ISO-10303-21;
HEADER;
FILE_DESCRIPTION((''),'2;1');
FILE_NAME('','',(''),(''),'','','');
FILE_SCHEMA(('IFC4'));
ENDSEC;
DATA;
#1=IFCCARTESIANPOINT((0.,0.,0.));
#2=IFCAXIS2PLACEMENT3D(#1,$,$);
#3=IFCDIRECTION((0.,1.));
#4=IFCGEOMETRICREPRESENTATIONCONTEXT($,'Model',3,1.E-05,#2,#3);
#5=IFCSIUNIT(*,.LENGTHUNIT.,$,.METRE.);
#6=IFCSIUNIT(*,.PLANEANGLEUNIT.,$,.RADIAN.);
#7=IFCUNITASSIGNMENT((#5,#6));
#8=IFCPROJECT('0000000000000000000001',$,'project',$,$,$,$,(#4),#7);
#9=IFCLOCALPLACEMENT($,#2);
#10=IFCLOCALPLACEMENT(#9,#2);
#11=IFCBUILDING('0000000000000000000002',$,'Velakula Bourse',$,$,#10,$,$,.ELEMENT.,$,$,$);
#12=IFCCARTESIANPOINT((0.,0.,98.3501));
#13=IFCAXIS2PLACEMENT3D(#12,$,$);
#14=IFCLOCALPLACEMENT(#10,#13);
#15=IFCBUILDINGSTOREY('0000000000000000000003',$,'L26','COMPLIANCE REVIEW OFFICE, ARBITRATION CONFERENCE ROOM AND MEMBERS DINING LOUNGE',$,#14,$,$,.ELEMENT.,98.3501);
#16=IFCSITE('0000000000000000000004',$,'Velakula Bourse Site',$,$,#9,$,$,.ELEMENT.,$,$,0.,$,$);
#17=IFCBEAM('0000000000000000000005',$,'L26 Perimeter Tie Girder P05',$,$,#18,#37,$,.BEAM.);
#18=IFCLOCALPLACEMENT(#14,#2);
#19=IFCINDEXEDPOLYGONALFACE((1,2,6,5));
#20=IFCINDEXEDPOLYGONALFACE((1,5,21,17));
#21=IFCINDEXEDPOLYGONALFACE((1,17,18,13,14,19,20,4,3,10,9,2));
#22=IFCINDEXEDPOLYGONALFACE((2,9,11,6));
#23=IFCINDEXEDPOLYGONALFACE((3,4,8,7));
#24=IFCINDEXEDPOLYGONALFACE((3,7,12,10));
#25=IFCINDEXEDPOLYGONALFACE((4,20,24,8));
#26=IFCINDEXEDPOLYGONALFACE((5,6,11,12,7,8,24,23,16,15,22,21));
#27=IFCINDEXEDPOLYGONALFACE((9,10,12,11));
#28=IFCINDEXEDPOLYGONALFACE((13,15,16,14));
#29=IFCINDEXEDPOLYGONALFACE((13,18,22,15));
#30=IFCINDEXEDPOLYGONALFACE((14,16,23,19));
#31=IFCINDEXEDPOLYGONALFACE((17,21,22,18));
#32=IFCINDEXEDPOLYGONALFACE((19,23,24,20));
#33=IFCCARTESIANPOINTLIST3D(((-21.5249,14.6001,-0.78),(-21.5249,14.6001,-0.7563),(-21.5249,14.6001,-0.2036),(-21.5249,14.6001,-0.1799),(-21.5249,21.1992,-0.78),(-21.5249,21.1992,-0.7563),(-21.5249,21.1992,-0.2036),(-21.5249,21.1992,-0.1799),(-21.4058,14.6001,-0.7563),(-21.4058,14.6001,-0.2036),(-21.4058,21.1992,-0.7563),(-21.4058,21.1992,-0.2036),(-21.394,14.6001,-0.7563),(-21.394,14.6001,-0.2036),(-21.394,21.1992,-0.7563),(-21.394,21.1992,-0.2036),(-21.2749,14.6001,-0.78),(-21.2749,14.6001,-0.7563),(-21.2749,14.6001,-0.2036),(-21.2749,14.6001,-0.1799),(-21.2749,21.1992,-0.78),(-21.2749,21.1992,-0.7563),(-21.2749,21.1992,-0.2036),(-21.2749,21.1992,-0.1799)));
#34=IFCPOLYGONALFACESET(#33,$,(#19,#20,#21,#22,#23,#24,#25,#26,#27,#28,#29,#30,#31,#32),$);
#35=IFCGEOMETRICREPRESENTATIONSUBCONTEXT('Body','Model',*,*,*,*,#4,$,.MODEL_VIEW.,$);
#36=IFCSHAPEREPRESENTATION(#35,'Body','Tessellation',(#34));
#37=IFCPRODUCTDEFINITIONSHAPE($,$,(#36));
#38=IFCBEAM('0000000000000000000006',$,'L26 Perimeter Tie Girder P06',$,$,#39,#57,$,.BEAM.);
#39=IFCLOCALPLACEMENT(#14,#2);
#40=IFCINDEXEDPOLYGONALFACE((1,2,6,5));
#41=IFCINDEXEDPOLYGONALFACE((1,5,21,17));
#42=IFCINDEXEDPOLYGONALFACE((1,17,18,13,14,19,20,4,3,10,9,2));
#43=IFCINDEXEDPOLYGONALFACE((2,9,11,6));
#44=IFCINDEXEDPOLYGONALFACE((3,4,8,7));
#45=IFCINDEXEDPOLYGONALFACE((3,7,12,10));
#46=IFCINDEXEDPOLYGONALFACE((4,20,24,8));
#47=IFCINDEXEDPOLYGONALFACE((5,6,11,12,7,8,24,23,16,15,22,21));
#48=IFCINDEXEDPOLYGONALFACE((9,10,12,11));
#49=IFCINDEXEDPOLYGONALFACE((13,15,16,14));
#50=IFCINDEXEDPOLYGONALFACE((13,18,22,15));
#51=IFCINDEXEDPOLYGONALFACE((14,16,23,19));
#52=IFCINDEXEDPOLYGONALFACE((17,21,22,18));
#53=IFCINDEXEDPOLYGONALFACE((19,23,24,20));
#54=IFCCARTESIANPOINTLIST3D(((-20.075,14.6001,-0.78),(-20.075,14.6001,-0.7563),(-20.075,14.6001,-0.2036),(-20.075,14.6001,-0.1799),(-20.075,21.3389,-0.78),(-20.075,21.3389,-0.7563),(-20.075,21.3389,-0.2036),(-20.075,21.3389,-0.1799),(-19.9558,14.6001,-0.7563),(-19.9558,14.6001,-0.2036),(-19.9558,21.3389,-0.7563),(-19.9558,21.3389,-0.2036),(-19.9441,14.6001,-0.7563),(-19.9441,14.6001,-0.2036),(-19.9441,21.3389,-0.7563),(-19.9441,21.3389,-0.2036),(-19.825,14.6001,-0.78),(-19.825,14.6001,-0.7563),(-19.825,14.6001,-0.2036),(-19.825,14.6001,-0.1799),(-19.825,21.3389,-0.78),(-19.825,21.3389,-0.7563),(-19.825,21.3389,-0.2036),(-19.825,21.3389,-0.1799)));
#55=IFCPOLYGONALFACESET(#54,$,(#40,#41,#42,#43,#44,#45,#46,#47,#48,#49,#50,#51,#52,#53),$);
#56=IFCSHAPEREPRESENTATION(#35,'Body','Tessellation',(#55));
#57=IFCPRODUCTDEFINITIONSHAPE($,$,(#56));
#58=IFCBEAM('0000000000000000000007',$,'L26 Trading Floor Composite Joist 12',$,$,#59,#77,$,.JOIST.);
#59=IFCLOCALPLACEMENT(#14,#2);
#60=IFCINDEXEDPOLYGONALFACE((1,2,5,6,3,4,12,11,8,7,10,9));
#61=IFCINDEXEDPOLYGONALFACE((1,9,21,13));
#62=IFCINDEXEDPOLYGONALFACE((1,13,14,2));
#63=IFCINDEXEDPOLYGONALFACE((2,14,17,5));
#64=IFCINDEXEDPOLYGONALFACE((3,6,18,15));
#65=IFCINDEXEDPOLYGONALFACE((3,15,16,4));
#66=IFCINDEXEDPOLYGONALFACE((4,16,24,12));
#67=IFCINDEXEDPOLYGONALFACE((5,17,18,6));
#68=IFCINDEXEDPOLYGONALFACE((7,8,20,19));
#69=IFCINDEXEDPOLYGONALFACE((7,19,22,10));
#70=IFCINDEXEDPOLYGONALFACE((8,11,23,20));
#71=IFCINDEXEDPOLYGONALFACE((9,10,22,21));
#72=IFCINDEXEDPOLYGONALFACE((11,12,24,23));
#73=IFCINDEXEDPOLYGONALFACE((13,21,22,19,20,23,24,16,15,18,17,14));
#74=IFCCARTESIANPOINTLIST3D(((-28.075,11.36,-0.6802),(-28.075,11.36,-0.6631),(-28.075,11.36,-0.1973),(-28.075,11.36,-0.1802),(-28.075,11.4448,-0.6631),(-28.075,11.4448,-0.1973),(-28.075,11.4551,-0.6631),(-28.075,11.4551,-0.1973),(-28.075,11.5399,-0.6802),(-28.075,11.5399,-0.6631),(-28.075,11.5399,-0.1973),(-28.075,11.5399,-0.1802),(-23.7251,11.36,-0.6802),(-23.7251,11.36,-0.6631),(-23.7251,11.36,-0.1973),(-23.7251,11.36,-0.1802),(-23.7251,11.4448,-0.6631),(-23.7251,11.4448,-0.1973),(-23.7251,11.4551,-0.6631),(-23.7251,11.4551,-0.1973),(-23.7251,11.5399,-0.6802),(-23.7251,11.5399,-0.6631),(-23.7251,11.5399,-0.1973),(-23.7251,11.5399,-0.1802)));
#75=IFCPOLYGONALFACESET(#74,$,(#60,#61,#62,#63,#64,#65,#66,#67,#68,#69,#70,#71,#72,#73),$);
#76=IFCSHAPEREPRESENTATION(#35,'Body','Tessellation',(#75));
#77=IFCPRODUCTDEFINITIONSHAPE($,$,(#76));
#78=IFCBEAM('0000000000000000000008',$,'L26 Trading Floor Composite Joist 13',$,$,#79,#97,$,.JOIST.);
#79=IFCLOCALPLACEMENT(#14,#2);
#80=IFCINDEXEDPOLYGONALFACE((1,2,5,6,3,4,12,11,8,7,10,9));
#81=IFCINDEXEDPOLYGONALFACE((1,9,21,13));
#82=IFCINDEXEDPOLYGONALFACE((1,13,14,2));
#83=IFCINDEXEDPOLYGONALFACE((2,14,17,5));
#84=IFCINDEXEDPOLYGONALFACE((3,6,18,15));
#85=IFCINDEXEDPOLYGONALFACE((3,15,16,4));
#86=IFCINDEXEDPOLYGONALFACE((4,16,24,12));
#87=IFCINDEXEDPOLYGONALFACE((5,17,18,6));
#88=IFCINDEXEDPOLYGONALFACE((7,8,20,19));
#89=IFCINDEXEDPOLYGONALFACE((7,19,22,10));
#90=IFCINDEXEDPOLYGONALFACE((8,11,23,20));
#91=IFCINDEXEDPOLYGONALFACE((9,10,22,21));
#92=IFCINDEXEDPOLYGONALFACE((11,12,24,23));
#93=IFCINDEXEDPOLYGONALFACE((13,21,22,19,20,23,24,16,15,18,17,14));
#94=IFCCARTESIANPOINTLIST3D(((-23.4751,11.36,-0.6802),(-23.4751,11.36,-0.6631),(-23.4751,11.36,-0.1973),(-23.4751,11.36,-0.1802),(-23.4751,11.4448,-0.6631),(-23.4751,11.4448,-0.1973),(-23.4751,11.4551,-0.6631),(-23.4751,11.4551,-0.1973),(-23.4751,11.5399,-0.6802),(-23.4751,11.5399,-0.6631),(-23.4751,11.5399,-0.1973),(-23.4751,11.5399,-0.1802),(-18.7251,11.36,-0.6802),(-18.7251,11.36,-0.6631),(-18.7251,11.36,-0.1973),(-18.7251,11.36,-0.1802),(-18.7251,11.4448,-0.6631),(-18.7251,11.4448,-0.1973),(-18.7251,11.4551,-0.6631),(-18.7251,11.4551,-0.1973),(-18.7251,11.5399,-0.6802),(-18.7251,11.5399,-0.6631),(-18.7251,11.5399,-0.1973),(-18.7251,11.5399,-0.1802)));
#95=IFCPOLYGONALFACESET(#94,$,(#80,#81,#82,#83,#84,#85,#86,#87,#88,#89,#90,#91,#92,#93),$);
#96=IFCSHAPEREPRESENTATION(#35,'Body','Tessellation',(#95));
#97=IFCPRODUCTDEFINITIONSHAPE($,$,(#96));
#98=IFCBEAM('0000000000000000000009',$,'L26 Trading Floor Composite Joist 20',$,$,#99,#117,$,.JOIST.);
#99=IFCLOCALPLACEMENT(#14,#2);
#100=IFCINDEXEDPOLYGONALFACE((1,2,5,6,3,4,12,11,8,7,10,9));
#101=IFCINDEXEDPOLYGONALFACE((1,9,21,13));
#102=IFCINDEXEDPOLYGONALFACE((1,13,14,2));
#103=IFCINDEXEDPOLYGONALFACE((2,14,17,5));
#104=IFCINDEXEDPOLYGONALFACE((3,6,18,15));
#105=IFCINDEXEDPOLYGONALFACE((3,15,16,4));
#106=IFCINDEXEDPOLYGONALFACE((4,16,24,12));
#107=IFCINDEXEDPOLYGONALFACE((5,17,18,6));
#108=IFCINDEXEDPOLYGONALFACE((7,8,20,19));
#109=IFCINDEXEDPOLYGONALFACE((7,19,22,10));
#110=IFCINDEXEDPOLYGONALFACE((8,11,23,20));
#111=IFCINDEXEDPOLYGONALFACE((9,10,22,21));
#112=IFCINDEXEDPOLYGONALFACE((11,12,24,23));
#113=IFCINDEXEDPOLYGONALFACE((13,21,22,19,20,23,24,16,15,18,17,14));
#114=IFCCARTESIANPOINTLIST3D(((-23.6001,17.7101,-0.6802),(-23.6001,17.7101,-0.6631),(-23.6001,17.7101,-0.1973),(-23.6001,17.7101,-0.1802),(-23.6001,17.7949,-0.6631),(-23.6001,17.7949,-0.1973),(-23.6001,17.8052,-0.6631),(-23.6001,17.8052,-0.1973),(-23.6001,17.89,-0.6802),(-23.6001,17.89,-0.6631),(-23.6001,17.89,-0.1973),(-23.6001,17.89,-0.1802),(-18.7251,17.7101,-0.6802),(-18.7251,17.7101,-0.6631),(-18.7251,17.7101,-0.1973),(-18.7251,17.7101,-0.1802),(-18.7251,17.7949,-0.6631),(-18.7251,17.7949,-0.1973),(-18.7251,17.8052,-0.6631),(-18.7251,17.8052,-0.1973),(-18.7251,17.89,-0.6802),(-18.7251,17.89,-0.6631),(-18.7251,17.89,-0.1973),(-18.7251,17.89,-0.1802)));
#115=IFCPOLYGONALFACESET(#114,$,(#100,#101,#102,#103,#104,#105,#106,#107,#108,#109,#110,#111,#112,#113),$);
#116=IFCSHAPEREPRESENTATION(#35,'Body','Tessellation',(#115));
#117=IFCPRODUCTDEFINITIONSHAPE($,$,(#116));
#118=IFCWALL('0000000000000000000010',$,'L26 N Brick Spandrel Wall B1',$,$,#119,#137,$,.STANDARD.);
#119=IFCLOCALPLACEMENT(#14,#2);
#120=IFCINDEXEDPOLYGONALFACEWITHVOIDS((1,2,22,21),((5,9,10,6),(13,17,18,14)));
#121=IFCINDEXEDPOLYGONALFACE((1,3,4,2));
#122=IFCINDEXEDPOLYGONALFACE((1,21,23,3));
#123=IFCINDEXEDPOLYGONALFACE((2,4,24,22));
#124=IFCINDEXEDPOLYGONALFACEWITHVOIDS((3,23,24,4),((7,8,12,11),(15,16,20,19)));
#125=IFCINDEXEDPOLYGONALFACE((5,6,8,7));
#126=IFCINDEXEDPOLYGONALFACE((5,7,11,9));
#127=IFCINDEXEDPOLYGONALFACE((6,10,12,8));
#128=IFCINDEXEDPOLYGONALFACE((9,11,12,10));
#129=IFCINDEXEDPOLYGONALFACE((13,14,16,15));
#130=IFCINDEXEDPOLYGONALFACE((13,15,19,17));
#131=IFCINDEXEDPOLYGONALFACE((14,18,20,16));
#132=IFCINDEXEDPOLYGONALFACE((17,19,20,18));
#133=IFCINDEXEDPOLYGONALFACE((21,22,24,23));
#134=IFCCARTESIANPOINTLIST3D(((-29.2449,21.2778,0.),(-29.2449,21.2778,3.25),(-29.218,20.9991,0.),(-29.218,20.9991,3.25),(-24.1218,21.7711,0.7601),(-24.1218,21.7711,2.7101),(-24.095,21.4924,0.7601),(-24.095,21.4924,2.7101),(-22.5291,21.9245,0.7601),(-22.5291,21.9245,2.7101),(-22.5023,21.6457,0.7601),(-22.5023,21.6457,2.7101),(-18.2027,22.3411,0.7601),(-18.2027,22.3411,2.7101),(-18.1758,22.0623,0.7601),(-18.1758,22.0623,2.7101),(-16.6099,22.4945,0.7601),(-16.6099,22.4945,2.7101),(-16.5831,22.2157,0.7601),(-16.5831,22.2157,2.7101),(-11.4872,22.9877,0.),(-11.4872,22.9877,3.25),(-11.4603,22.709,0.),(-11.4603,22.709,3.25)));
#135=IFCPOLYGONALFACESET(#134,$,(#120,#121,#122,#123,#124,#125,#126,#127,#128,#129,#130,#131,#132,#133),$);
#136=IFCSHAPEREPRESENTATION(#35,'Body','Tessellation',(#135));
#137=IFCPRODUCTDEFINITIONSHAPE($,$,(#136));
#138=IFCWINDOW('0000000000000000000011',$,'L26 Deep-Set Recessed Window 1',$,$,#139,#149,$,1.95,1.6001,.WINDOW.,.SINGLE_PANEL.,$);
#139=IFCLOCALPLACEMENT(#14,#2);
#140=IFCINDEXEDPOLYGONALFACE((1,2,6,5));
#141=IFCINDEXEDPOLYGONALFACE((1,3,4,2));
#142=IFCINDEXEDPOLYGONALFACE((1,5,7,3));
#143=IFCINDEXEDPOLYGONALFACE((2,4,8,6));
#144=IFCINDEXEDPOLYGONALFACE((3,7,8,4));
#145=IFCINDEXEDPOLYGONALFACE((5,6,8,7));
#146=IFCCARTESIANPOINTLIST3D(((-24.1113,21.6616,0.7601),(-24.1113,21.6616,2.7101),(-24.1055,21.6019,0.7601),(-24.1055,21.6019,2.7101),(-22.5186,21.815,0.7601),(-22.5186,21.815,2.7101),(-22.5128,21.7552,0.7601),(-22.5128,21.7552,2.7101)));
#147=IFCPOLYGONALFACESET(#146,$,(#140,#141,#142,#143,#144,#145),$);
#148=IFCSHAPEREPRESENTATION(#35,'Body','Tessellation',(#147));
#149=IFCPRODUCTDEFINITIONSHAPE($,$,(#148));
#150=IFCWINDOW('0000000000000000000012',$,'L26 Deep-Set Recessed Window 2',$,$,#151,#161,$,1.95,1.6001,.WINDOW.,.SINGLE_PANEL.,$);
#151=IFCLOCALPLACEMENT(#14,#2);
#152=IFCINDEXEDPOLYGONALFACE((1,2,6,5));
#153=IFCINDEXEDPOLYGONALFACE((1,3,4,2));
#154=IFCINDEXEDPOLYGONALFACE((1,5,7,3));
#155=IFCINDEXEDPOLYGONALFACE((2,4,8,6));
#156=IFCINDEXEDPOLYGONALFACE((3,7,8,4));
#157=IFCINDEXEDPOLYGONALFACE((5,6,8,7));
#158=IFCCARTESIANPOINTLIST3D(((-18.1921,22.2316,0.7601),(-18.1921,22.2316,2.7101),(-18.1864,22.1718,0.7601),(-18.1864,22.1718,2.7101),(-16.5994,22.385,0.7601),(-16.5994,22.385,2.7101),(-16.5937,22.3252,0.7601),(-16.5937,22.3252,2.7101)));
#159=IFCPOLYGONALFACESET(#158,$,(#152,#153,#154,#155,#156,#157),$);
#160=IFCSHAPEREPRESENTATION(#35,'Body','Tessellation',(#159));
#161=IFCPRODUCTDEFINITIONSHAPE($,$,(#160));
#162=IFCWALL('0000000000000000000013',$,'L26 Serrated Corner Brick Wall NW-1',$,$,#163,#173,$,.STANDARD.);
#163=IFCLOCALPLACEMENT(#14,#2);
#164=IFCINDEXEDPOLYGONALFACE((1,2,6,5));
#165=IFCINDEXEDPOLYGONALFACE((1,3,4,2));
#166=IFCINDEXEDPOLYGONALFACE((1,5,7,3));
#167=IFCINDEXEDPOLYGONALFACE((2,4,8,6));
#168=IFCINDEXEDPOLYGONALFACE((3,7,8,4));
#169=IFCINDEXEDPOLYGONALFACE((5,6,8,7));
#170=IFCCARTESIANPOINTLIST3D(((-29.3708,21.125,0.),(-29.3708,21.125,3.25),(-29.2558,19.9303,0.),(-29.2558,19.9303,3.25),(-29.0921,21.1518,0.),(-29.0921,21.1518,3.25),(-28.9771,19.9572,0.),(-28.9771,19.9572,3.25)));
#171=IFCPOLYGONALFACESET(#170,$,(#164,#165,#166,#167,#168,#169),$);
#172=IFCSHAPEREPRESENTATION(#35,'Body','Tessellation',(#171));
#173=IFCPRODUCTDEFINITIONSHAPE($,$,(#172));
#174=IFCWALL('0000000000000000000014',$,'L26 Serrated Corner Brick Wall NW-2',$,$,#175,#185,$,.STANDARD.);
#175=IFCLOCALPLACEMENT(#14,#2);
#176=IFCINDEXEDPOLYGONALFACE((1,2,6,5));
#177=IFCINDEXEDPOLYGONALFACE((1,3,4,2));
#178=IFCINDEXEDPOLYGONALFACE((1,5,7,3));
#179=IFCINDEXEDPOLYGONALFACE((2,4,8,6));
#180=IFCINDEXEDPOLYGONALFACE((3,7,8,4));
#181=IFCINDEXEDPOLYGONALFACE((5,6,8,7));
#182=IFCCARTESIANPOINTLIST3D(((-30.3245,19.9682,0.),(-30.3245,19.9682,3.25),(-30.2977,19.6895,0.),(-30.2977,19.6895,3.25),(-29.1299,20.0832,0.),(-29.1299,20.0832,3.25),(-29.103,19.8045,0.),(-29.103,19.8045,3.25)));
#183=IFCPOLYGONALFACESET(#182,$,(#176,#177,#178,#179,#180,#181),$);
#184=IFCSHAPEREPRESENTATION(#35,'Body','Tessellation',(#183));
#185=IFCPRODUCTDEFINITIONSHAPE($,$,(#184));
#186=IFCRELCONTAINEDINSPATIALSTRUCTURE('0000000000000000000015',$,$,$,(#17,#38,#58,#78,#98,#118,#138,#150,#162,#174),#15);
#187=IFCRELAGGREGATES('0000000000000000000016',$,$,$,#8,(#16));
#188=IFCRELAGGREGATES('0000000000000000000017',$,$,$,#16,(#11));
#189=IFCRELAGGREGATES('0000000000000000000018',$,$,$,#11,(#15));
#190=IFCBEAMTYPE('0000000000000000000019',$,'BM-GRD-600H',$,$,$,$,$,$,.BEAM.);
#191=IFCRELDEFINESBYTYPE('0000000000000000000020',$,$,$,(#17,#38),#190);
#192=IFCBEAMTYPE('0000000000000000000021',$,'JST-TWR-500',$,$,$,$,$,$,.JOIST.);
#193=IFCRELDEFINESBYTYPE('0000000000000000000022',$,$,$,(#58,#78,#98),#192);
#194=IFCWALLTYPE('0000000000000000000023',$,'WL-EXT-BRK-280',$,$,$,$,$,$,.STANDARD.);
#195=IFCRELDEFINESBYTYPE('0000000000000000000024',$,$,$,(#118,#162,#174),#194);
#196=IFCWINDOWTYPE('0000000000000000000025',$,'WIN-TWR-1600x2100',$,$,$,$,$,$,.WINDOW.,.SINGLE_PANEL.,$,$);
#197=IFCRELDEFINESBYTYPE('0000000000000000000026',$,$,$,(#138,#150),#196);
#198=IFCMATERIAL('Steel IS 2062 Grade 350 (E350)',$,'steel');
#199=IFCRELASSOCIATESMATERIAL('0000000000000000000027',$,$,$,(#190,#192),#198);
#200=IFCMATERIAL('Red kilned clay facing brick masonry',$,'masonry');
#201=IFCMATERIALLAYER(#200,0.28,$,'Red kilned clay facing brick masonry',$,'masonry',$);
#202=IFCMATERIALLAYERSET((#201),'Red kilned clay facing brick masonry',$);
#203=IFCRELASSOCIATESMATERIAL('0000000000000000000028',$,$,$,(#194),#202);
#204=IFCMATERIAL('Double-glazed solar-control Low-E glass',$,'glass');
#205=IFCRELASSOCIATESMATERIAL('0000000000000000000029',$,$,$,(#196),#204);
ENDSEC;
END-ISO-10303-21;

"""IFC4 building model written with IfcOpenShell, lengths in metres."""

from ifc_helpers import new_model, si_unit, direction, frame, frame_2d, origin, origin_2d, place, context, subcontext, project, spatial, rectangle, i_section, extrude, material, layer, layer_set, material_profile, profile_set, type_object, element, fill, save


model = new_model("IFC4")

# Units and contexts
model_context = context("Model", 3, precision=1e-05, world=origin(), true_north=direction((0.0, 1.0)))
body_context = subcontext(model_context, "Body", "Model", "MODEL_VIEW")
ifc_project = project(units=[si_unit("LENGTHUNIT", "METRE"), si_unit("PLANEANGLEUNIT", "RADIAN")], contexts=[model_context])

# Site, building, storey
site_placement = place(None, origin())
site = spatial("IfcSite", under=ifc_project, at=site_placement, Name="Velakula Bourse Site", CompositionType="ELEMENT", RefElevation=0.0)
building_placement = place(site_placement, origin())
building = spatial("IfcBuilding", under=site, at=building_placement, Name="Velakula Bourse", CompositionType="ELEMENT")
storey_placement = place(building_placement, frame((0.0, 0.0, 98.3501)))
storey = spatial("IfcBuildingStorey", under=building, at=storey_placement, Name="L26", Description="COMPLIANCE REVIEW OFFICE, ARBITRATION CONFERENCE ROOM AND MEMBERS DINING LOUNGE", CompositionType="ELEMENT", Elevation=98.3501)

# Beams
ifc_material_1 = material(Name="Steel IS 2062 Grade 350 (E350)", Category="steel")
ifc_material_profile_1 = material_profile(ifc_material_1, i_section(OverallWidth=0.25, OverallDepth=0.6001, WebThickness=0.0117, FlangeThickness=0.0237, at=origin_2d()), Name="Steel IS 2062 Grade 350 (E350)")
ifc_profile_set_1 = profile_set([ifc_material_profile_1], Name="Steel IS 2062 Grade 350 (E350)")
beam_type_1 = type_object("IfcBeamType", Name="BM-GRD-600H", PredefinedType="BEAM", material=ifc_profile_set_1)
beam_1_placement = place(storey_placement, frame((-21.3999, 14.6001, -0.48), z_axis=(0.0, 1.0, 0.0), x_axis=(-1.0, 0.0, 0.0)))
element("IfcBeam", 1, at=beam_1_placement, inside=storey, type_object=beam_type_1, Name="L26 Perimeter Tie Girder P05", PredefinedType="BEAM", context=body_context, shape_type="SweptSolid", body=[
    extrude(i_section(OverallWidth=0.25, OverallDepth=0.6001, WebThickness=0.0117, FlangeThickness=0.0237, at=origin_2d()), origin(), (0.0, 0.0, 1.0), 6.5991),
])
beam_2_placement = place(storey_placement, frame((-19.95, 14.6001, -0.48), z_axis=(0.0, 1.0, 0.0), x_axis=(-1.0, 0.0, 0.0)))
element("IfcBeam", 2, at=beam_2_placement, inside=storey, type_object=beam_type_1, Name="L26 Perimeter Tie Girder P06", PredefinedType="BEAM", context=body_context, shape_type="SweptSolid", body=[
    extrude(i_section(OverallWidth=0.25, OverallDepth=0.6001, WebThickness=0.0117, FlangeThickness=0.0237, at=origin_2d()), origin(), (0.0, 0.0, 1.0), 6.7388),
])
ifc_material_profile_2 = material_profile(ifc_material_1, i_section(OverallWidth=0.1799, OverallDepth=0.5, WebThickness=0.0103, FlangeThickness=0.0171, at=origin_2d()), Name="Steel IS 2062 Grade 350 (E350)")
ifc_profile_set_2 = profile_set([ifc_material_profile_2], Name="Steel IS 2062 Grade 350 (E350)")
beam_type_2 = type_object("IfcBeamType", Name="JST-TWR-500", PredefinedType="JOIST", material=ifc_profile_set_2)
beam_3_placement = place(storey_placement, frame((-28.075, 11.45, -0.4302), z_axis=(1.0, 0.0, 0.0), x_axis=(0.0, 1.0, 0.0)))
element("IfcBeam", 3, at=beam_3_placement, inside=storey, type_object=beam_type_2, Name="L26 Trading Floor Composite Joist 12", PredefinedType="JOIST", context=body_context, shape_type="SweptSolid", body=[
    extrude(i_section(OverallWidth=0.1799, OverallDepth=0.5, WebThickness=0.0103, FlangeThickness=0.0171, at=origin_2d()), origin(), (0.0, 0.0, 1.0), 4.3499),
])
beam_4_placement = place(storey_placement, frame((-23.4751, 11.45, -0.4302), z_axis=(1.0, 0.0, 0.0), x_axis=(0.0, 1.0, 0.0)))
element("IfcBeam", 4, at=beam_4_placement, inside=storey, type_object=beam_type_2, Name="L26 Trading Floor Composite Joist 13", PredefinedType="JOIST", context=body_context, shape_type="SweptSolid", body=[
    extrude(i_section(OverallWidth=0.1799, OverallDepth=0.5, WebThickness=0.0103, FlangeThickness=0.0171, at=origin_2d()), origin(), (0.0, 0.0, 1.0), 4.75),
])
beam_5_placement = place(storey_placement, frame((-23.6001, 17.8, -0.4302), z_axis=(1.0, 0.0, 0.0), x_axis=(0.0, 1.0, 0.0)))
element("IfcBeam", 5, at=beam_5_placement, inside=storey, type_object=beam_type_2, Name="L26 Trading Floor Composite Joist 20", PredefinedType="JOIST", context=body_context, shape_type="SweptSolid", body=[
    extrude(i_section(OverallWidth=0.1799, OverallDepth=0.5, WebThickness=0.0103, FlangeThickness=0.0171, at=origin_2d()), origin(), (0.0, 0.0, 1.0), 4.875),
])

# Wall, openings, windows
ifc_material_2 = material(Name="Red kilned clay facing brick masonry", Category="masonry")
ifc_layer_1 = layer(ifc_material_2, 0.28, Name="Red kilned clay facing brick masonry", Category="masonry")
ifc_layer_set_1 = layer_set([ifc_layer_1], Name="Red kilned clay facing brick masonry")
wall_type_1 = type_object("IfcWallType", Name="WL-EXT-BRK-280", PredefinedType="STANDARD", material=ifc_layer_set_1)
wall_1_placement = place(storey_placement, frame((-29.2314, 21.1384, 0.0), z_axis=(0.0, 0.0, 1.0), x_axis=(0.995396, 0.09585, 0.0)))
wall_1 = element("IfcWall", 6, at=wall_1_placement, inside=storey, type_object=wall_type_1, Name="L26 N Brick Spandrel Wall B1", PredefinedType="STANDARD", context=body_context, shape_type="SweptSolid", body=[
    extrude(rectangle(XDim=17.8398, YDim=0.28, at=frame_2d((8.9199, 0.0))), origin(), (0.0, 0.0, 1.0), 3.25),
])
opening_1_placement = place(wall_1_placement, frame((5.1467, 0.0, 0.76)))
opening_1 = element("IfcOpeningElement", 7, at=opening_1_placement, cuts=wall_1, PredefinedType="OPENING", context=body_context, shape_type="SweptSolid", body=[
    extrude(rectangle(XDim=1.6001, YDim=1.95, at=frame_2d((0.8, 0.9751))), frame((0.0, 0.1499, 0.0), z_axis=(0.0, -1.0, 0.0), x_axis=(1.0, 0.0, 0.0)), (0.0, 0.0, 1.0), 0.3),
])
opening_2_placement = place(wall_1_placement, frame((11.0933, 0.0, 0.76)))
opening_2 = element("IfcOpeningElement", 8, at=opening_2_placement, cuts=wall_1, PredefinedType="OPENING", context=body_context, shape_type="SweptSolid", body=[
    extrude(rectangle(XDim=1.6001, YDim=1.95, at=frame_2d((0.8, 0.9751))), frame((0.0, 0.1499, 0.0), z_axis=(0.0, -1.0, 0.0), x_axis=(1.0, 0.0, 0.0)), (0.0, 0.0, 1.0), 0.3),
])
ifc_material_3 = material(Name="Double-glazed solar-control Low-E glass", Category="glass")
window_type = type_object("IfcWindowType", Name="WIN-TWR-1600x2100", PartitioningType="SINGLE_PANEL", PredefinedType="WINDOW", material=ifc_material_3)
window_1_placement = place(opening_1_placement, origin())
window_1 = element("IfcWindow", 9, at=window_1_placement, inside=storey, type_object=window_type, Name="L26 Deep-Set Recessed Window 1", OverallHeight=1.95, OverallWidth=1.6001, PartitioningType="SINGLE_PANEL", PredefinedType="WINDOW", context=body_context, shape_type="SweptSolid", body=[
    extrude(rectangle(XDim=1.6001, YDim=1.95, at=frame_2d((0.8, 0.9751))), frame((0.0, 0.03, 0.0), z_axis=(0.0, -1.0, 0.0), x_axis=(1.0, 0.0, 0.0)), (0.0, 0.0, 1.0), 0.0601),
])
fill(opening_1, window_1)
window_2_placement = place(opening_2_placement, origin())
window_2 = element("IfcWindow", 10, at=window_2_placement, inside=storey, type_object=window_type, Name="L26 Deep-Set Recessed Window 2", OverallHeight=1.95, OverallWidth=1.6001, PartitioningType="SINGLE_PANEL", PredefinedType="WINDOW", context=body_context, shape_type="SweptSolid", body=[
    extrude(rectangle(XDim=1.6001, YDim=1.95, at=frame_2d((0.8, 0.9751))), frame((0.0, 0.03, 0.0), z_axis=(0.0, -1.0, 0.0), x_axis=(1.0, 0.0, 0.0)), (0.0, 0.0, 1.0), 0.0601),
])
fill(opening_2, window_2)

# Walls
for number, where, z_axis, x_axis, name in (
    (11, (-29.2314, 21.1384, 0.0), (0.0, 0.0, 1.0), (0.095817, -0.995399, 0.0), "L26 Serrated Corner Brick Wall NW-1"),
    (12, (-29.1165, 19.9438, 0.0), (0.0, 0.0, 1.0), (-0.995399, -0.095817, 0.0), "L26 Serrated Corner Brick Wall NW-2"),
):
    element("IfcWall", number, at=place(storey_placement, frame(where, z_axis=z_axis, x_axis=x_axis)), inside=storey, type_object=wall_type_1, Name=name, PredefinedType="STANDARD", context=body_context, shape_type="SweptSolid", body=[
        extrude(rectangle(XDim=1.2002, YDim=0.28, at=frame_2d((0.6001, 0.0))), origin(), (0.0, 0.0, 1.0), 3.25),
    ])

save(model, "model.ifc")
